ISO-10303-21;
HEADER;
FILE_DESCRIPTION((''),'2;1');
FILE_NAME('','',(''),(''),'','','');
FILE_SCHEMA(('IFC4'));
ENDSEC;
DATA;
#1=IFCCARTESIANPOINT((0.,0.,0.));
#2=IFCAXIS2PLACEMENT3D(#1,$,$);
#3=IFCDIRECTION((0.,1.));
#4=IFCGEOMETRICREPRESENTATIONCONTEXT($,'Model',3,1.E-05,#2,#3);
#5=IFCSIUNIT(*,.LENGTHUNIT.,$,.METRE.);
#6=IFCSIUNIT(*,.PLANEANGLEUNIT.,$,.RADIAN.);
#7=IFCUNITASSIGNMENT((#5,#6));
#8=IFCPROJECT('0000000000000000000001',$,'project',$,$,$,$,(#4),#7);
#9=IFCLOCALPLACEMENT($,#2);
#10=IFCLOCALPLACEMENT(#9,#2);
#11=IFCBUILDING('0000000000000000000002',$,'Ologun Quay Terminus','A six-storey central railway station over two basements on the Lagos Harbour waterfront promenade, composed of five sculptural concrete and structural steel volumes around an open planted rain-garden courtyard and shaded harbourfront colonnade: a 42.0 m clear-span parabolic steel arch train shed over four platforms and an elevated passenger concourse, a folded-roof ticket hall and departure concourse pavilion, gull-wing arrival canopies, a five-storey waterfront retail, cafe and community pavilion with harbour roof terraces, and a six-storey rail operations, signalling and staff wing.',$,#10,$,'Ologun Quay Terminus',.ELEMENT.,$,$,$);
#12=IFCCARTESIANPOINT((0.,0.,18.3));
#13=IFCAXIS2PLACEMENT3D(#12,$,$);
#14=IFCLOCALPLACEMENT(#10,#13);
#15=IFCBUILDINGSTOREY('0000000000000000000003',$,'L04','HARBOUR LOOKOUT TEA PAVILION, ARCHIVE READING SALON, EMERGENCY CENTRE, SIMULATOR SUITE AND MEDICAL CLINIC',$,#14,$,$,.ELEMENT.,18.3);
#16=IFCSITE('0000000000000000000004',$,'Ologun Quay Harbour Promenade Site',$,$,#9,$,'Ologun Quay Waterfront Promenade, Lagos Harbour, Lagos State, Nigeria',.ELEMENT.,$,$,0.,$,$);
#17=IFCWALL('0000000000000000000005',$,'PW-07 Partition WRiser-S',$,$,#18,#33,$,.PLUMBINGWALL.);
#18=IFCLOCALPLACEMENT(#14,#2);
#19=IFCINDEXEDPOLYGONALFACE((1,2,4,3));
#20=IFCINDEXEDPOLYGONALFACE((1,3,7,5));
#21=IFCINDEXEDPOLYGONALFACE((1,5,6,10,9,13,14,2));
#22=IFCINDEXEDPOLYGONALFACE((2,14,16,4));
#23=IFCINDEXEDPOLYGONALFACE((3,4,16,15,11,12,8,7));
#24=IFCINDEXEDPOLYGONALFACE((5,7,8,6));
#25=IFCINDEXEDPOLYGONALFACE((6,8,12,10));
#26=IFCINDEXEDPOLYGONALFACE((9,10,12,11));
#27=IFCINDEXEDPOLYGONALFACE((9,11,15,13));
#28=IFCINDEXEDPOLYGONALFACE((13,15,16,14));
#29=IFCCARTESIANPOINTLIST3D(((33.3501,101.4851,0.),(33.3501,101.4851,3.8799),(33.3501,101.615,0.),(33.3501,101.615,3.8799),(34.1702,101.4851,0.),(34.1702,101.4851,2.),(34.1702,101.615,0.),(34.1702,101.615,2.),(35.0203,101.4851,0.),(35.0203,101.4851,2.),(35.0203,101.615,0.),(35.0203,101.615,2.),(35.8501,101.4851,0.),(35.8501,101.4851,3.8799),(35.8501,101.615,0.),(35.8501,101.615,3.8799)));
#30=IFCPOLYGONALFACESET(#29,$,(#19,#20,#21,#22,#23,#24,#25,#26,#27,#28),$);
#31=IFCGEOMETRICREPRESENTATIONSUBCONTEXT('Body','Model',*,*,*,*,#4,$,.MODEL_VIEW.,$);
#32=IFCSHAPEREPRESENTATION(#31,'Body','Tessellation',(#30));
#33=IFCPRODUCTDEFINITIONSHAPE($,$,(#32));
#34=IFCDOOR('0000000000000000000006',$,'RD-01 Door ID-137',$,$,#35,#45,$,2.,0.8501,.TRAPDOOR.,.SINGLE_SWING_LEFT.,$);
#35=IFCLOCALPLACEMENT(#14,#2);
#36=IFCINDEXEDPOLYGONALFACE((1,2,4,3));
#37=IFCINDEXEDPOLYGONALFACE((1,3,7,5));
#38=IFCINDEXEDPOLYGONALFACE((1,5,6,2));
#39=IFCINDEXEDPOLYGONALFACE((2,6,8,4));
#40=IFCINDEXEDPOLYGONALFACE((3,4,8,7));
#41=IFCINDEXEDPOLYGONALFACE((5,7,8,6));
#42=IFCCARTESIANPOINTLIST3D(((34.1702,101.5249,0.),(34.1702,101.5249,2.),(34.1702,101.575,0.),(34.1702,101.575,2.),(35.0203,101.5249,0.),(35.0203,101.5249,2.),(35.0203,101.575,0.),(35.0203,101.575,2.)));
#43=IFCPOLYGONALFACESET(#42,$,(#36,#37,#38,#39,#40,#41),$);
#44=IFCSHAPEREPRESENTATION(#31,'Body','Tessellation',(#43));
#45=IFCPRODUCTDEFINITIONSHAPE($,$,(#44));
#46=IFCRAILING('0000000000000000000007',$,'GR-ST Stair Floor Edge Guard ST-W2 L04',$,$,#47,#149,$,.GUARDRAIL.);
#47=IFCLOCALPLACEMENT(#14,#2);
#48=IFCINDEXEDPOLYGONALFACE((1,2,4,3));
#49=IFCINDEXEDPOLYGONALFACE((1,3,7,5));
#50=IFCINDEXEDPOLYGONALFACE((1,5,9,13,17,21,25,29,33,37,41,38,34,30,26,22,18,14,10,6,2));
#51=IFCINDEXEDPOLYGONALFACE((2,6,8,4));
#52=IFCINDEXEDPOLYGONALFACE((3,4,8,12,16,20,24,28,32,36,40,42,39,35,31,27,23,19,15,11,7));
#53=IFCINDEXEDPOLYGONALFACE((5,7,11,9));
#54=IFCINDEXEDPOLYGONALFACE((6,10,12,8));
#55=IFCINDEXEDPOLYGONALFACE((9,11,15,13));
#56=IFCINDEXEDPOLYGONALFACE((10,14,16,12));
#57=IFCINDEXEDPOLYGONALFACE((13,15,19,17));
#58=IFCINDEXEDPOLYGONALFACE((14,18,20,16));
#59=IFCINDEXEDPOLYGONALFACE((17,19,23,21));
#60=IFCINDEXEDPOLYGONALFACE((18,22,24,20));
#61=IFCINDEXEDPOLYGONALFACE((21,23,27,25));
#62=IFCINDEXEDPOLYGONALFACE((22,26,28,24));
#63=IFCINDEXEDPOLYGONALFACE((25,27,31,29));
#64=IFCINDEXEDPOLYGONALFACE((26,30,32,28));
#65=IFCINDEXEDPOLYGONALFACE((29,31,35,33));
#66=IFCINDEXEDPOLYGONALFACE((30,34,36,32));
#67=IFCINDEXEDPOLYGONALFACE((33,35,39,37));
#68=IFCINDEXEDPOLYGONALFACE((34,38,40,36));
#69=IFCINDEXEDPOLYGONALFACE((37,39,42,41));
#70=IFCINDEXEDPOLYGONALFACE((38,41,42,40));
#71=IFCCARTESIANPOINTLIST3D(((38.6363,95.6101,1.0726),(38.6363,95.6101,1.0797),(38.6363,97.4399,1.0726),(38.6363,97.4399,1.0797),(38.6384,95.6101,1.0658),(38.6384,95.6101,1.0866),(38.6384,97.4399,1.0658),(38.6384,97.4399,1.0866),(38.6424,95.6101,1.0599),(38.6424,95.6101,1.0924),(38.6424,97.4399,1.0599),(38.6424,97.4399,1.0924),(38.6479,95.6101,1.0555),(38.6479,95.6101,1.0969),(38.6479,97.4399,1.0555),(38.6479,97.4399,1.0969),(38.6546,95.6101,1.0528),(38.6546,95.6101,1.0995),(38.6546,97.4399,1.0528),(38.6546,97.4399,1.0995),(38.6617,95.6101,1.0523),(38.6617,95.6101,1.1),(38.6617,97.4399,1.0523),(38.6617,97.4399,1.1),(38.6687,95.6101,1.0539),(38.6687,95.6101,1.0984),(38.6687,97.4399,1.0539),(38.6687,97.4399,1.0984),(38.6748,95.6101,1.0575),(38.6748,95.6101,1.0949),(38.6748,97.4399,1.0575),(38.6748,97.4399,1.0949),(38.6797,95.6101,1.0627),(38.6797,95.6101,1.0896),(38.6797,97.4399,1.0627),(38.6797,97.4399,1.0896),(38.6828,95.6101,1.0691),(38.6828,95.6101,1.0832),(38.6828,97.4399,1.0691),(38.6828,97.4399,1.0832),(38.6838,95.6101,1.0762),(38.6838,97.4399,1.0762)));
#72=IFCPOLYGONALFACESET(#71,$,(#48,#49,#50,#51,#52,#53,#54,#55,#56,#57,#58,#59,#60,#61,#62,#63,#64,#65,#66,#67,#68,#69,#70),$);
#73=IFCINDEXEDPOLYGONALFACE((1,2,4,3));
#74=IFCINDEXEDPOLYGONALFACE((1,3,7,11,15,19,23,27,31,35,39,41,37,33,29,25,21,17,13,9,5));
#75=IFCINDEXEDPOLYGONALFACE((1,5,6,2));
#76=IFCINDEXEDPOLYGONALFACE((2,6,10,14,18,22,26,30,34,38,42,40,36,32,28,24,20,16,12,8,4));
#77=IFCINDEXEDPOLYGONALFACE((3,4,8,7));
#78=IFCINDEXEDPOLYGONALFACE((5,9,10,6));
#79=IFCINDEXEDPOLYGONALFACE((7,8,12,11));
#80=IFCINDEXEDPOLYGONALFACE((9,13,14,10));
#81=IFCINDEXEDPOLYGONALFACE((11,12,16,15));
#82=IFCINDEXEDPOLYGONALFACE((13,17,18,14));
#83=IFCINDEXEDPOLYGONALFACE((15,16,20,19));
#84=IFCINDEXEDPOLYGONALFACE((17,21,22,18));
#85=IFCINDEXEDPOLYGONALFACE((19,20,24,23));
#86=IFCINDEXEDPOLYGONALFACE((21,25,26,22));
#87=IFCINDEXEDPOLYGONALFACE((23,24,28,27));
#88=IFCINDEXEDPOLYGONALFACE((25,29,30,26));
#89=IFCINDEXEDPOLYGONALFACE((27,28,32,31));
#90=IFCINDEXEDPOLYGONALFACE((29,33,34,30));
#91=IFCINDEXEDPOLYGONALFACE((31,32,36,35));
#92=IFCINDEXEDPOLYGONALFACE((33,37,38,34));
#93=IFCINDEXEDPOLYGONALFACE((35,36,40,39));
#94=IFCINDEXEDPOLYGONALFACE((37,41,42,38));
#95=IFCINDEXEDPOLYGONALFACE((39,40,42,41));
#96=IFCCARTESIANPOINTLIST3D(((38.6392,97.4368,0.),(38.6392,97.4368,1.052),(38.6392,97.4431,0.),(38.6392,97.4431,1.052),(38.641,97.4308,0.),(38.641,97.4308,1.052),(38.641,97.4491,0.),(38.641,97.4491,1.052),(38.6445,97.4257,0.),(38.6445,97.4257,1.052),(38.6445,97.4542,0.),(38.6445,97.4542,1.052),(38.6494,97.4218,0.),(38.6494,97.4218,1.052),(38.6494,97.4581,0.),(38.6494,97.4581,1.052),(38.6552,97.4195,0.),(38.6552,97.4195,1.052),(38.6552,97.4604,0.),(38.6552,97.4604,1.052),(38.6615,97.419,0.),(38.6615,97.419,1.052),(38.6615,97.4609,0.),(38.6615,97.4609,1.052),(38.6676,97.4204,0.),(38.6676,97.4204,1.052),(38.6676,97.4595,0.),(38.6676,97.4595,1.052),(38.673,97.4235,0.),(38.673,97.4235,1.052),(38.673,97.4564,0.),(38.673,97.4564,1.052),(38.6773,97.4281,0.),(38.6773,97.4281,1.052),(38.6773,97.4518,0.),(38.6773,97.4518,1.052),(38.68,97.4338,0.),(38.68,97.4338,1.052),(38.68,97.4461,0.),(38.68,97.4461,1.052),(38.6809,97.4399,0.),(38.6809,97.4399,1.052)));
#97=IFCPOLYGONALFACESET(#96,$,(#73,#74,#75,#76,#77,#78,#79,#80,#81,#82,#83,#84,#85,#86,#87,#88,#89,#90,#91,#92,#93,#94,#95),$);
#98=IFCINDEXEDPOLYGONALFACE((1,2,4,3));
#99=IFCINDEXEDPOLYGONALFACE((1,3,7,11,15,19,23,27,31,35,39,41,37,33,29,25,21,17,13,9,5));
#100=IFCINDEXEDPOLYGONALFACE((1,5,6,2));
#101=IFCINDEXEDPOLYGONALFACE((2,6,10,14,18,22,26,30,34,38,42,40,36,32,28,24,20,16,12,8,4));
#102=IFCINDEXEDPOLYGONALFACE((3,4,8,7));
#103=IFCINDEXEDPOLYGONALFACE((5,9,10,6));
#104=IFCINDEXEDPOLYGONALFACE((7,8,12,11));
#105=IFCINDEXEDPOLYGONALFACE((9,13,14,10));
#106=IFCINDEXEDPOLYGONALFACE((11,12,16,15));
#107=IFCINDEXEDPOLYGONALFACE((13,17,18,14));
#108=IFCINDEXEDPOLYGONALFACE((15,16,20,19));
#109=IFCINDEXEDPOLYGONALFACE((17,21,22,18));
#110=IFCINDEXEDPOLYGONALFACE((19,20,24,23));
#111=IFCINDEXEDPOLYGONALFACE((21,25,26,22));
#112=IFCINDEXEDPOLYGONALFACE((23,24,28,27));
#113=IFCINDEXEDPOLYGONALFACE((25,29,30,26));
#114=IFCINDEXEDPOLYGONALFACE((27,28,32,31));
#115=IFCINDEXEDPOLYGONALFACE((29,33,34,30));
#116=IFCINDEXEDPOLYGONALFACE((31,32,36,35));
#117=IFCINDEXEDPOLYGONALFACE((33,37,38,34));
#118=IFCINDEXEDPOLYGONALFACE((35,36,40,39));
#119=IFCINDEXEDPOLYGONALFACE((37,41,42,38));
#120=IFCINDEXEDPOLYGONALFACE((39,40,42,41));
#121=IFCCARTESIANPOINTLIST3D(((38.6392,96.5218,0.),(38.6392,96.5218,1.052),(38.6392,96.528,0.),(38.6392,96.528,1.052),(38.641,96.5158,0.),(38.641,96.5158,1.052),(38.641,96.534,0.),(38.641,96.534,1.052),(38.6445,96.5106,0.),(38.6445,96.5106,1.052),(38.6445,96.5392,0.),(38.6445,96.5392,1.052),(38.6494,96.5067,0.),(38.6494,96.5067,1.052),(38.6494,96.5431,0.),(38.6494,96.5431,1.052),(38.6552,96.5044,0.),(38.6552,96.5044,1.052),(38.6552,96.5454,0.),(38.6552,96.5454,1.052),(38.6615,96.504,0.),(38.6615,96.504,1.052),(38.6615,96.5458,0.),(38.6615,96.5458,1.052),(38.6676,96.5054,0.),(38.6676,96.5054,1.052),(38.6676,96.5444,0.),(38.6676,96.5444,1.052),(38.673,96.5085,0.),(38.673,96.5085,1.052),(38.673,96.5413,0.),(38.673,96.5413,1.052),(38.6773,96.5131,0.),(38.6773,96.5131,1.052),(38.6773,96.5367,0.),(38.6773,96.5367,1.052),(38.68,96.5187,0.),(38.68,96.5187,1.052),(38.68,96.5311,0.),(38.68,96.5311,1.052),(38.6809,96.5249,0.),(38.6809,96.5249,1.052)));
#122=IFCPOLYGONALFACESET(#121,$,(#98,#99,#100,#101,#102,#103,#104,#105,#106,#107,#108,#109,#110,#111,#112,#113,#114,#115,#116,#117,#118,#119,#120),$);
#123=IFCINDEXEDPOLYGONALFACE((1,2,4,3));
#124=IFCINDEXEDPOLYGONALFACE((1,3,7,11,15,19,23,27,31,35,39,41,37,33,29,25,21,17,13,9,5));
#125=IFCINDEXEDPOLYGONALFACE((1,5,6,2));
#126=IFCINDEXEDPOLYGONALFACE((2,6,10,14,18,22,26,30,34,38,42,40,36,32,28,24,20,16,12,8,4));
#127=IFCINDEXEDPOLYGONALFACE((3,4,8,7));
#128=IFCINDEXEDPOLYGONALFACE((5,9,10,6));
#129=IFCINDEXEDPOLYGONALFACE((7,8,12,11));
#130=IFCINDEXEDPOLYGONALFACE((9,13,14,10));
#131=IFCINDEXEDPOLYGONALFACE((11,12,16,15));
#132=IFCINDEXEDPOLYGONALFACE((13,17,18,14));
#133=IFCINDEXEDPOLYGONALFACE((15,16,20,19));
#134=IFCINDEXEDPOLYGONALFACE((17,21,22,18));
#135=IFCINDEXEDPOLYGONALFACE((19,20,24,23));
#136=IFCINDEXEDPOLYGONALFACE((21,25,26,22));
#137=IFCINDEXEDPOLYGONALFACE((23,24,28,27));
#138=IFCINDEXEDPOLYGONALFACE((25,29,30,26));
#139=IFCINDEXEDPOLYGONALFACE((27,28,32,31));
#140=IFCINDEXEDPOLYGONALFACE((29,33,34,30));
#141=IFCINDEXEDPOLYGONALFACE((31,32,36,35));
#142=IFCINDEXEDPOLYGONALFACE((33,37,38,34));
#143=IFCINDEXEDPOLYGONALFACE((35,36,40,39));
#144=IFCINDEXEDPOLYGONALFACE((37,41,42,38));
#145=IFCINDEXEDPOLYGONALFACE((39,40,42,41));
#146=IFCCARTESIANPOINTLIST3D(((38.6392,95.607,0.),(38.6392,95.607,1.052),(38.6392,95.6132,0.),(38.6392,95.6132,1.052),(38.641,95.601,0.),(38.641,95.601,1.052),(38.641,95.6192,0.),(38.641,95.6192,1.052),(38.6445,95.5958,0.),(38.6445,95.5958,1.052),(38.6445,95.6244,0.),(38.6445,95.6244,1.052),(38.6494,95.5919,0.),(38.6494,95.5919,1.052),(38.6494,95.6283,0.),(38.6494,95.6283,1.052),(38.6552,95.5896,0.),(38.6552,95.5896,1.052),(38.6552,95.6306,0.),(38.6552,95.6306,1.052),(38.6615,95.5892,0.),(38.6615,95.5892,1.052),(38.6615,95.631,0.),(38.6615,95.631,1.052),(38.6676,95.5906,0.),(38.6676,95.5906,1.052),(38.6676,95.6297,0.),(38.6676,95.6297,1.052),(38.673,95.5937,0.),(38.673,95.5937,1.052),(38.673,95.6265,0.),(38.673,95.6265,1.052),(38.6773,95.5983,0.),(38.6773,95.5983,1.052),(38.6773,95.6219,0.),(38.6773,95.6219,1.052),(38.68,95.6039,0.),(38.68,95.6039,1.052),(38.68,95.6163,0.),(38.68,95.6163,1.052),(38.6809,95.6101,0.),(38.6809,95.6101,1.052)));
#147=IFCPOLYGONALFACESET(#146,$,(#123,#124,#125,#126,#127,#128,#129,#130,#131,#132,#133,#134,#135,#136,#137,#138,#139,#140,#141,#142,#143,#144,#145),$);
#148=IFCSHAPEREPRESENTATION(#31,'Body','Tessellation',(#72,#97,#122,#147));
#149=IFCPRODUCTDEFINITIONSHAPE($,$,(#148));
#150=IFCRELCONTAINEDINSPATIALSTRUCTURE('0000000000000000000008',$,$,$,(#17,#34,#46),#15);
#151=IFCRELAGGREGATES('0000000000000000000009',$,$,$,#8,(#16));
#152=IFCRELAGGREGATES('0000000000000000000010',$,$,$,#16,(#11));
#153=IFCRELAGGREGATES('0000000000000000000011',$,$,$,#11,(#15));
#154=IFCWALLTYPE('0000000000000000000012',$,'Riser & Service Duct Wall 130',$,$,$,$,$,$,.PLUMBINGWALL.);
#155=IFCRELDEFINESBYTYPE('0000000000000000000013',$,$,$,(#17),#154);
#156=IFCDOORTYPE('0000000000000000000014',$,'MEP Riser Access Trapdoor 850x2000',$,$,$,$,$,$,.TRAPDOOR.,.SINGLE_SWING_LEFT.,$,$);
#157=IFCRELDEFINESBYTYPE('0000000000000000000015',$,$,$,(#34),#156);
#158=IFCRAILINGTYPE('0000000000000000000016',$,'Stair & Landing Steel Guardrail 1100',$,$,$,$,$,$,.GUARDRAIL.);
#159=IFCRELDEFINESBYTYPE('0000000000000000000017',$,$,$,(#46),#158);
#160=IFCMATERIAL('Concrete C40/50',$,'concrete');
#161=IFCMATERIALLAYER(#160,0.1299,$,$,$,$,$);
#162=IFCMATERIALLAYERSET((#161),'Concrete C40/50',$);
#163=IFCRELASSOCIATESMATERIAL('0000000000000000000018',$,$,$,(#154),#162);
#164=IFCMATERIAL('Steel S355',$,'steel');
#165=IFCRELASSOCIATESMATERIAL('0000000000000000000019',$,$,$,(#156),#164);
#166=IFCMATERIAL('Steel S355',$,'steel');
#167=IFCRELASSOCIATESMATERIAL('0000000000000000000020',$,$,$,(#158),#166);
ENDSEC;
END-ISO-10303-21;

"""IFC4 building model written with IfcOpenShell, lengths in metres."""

from ifc_helpers import new_model, si_unit, direction, frame, frame_2d, origin, origin_2d, place, context, subcontext, project, spatial, rectangle, circle, extrude, material, layer, layer_set, type_object, element, fill, save


model = new_model("IFC4")

# Units and contexts
model_context = context("Model", 3, precision=1e-05, world=origin(), true_north=direction((0.0, 1.0)))
body_context = subcontext(model_context, "Body", "Model", "MODEL_VIEW")
ifc_project = project(units=[si_unit("LENGTHUNIT", "METRE"), si_unit("PLANEANGLEUNIT", "RADIAN")], contexts=[model_context])

# Site, building, storey
site_placement = place(None, origin())
site = spatial("IfcSite", under=ifc_project, at=site_placement, Name="Ologun Quay Harbour Promenade Site", LongName="Ologun Quay Waterfront Promenade, Lagos Harbour, Lagos State, Nigeria", CompositionType="ELEMENT", RefElevation=0.0)
building_placement = place(site_placement, origin())
building = spatial("IfcBuilding", under=site, at=building_placement, Name="Ologun Quay Terminus", Description="A six-storey central railway station over two basements on the Lagos Harbour waterfront promenade, composed of five sculptural concrete and structural steel volumes around an open planted rain-garden courtyard and shaded harbourfront colonnade: a 42.0 m clear-span parabolic steel arch train shed over four platforms and an elevated passenger concourse, a folded-roof ticket hall and departure concourse pavilion, gull-wing arrival canopies, a five-storey waterfront retail, cafe and community pavilion with harbour roof terraces, and a six-storey rail operations, signalling and staff wing.", LongName="Ologun Quay Terminus", CompositionType="ELEMENT")
storey_placement = place(building_placement, frame((0.0, 0.0, 18.3)))
storey = spatial("IfcBuildingStorey", under=building, at=storey_placement, Name="L04", Description="HARBOUR LOOKOUT TEA PAVILION, ARCHIVE READING SALON, EMERGENCY CENTRE, SIMULATOR SUITE AND MEDICAL CLINIC", CompositionType="ELEMENT", Elevation=18.3)

# Wall, opening, door
ifc_material_1 = material(Name="Concrete C40/50", Category="concrete")
ifc_layer_1 = layer(ifc_material_1, 0.1299)
ifc_layer_set_1 = layer_set([ifc_layer_1], Name="Concrete C40/50")
wall_type_1 = type_object("IfcWallType", Name="Riser & Service Duct Wall 130", PredefinedType="PLUMBINGWALL", material=ifc_layer_set_1)
wall_1_placement = place(storey_placement, frame((33.3501, 101.55, 0.0), z_axis=(0.0, 0.0, 1.0), x_axis=(1.0, 0.0, 0.0)))
wall_1 = element("IfcWall", 1, at=wall_1_placement, inside=storey, type_object=wall_type_1, Name="PW-07 Partition WRiser-S", PredefinedType="PLUMBINGWALL", context=body_context, shape_type="SweptSolid", body=[
    extrude(rectangle(XDim=2.5, YDim=0.1299, at=frame_2d((1.25, 0.0))), origin(), (0.0, 0.0, 1.0), 3.8799),
])
opening_1_placement = place(wall_1_placement, frame((0.8201, 0.0, 0.0)))
opening_1 = element("IfcOpeningElement", 2, at=opening_1_placement, cuts=wall_1, PredefinedType="OPENING", context=body_context, shape_type="SweptSolid", body=[
    extrude(rectangle(XDim=0.8501, YDim=2.0, at=frame_2d((0.425, 1.0))), frame((0.0, 0.075, 0.0), z_axis=(0.0, -1.0, 0.0), x_axis=(1.0, 0.0, 0.0)), (0.0, 0.0, 1.0), 0.1499),
])
ifc_material_2 = material(Name="Steel S355", Category="steel")
door_type_1 = type_object("IfcDoorType", Name="MEP Riser Access Trapdoor 850x2000", OperationType="SINGLE_SWING_LEFT", PredefinedType="TRAPDOOR", material=ifc_material_2)
door_1_placement = place(opening_1_placement, origin())
door_1 = element("IfcDoor", 3, at=door_1_placement, inside=storey, type_object=door_type_1, Name="RD-01 Door ID-137", OperationType="SINGLE_SWING_LEFT", OverallHeight=2.0, OverallWidth=0.8501, PredefinedType="TRAPDOOR", context=body_context, shape_type="SweptSolid", body=[
    extrude(rectangle(XDim=0.8501, YDim=2.0, at=frame_2d((0.425, 1.0))), frame((0.0, 0.0249, 0.0), z_axis=(0.0, -1.0, 0.0), x_axis=(1.0, 0.0, 0.0)), (0.0, 0.0, 1.0), 0.05),
])
fill(opening_1, door_1)

# Railing
ifc_material_3 = material(Name="Steel S355", Category="steel")
railing_type = type_object("IfcRailingType", Name="Stair & Landing Steel Guardrail 1100", PredefinedType="GUARDRAIL", material=ifc_material_3)
railing_placement = place(storey_placement, frame((38.6599, 97.4399, 0.0)))
element("IfcRailing", 4, at=railing_placement, inside=storey, type_object=railing_type, Name="GR-ST Stair Floor Edge Guard ST-W2 L04", PredefinedType="GUARDRAIL", context=body_context, shape_type="SweptSolid", body=[
    extrude(circle(Radius=0.0239, at=origin_2d()), frame((0.0, 0.0, 1.0762), z_axis=(0.0, -1.0, 0.0), x_axis=(1.0, 0.0, 0.0)), (0.0, 0.0, 1.0), 1.8298),
    extrude(circle(Radius=0.021, at=origin_2d()), origin(), (0.0, 0.0, 1.0), 1.052),
    extrude(circle(Radius=0.021, at=origin_2d()), frame((0.0, -0.915, 0.0)), (0.0, 0.0, 1.0), 1.052),
    extrude(circle(Radius=0.021, at=origin_2d()), frame((0.0, -1.8298, 0.0)), (0.0, 0.0, 1.0), 1.052),
])

save(model, "model.ifc")
